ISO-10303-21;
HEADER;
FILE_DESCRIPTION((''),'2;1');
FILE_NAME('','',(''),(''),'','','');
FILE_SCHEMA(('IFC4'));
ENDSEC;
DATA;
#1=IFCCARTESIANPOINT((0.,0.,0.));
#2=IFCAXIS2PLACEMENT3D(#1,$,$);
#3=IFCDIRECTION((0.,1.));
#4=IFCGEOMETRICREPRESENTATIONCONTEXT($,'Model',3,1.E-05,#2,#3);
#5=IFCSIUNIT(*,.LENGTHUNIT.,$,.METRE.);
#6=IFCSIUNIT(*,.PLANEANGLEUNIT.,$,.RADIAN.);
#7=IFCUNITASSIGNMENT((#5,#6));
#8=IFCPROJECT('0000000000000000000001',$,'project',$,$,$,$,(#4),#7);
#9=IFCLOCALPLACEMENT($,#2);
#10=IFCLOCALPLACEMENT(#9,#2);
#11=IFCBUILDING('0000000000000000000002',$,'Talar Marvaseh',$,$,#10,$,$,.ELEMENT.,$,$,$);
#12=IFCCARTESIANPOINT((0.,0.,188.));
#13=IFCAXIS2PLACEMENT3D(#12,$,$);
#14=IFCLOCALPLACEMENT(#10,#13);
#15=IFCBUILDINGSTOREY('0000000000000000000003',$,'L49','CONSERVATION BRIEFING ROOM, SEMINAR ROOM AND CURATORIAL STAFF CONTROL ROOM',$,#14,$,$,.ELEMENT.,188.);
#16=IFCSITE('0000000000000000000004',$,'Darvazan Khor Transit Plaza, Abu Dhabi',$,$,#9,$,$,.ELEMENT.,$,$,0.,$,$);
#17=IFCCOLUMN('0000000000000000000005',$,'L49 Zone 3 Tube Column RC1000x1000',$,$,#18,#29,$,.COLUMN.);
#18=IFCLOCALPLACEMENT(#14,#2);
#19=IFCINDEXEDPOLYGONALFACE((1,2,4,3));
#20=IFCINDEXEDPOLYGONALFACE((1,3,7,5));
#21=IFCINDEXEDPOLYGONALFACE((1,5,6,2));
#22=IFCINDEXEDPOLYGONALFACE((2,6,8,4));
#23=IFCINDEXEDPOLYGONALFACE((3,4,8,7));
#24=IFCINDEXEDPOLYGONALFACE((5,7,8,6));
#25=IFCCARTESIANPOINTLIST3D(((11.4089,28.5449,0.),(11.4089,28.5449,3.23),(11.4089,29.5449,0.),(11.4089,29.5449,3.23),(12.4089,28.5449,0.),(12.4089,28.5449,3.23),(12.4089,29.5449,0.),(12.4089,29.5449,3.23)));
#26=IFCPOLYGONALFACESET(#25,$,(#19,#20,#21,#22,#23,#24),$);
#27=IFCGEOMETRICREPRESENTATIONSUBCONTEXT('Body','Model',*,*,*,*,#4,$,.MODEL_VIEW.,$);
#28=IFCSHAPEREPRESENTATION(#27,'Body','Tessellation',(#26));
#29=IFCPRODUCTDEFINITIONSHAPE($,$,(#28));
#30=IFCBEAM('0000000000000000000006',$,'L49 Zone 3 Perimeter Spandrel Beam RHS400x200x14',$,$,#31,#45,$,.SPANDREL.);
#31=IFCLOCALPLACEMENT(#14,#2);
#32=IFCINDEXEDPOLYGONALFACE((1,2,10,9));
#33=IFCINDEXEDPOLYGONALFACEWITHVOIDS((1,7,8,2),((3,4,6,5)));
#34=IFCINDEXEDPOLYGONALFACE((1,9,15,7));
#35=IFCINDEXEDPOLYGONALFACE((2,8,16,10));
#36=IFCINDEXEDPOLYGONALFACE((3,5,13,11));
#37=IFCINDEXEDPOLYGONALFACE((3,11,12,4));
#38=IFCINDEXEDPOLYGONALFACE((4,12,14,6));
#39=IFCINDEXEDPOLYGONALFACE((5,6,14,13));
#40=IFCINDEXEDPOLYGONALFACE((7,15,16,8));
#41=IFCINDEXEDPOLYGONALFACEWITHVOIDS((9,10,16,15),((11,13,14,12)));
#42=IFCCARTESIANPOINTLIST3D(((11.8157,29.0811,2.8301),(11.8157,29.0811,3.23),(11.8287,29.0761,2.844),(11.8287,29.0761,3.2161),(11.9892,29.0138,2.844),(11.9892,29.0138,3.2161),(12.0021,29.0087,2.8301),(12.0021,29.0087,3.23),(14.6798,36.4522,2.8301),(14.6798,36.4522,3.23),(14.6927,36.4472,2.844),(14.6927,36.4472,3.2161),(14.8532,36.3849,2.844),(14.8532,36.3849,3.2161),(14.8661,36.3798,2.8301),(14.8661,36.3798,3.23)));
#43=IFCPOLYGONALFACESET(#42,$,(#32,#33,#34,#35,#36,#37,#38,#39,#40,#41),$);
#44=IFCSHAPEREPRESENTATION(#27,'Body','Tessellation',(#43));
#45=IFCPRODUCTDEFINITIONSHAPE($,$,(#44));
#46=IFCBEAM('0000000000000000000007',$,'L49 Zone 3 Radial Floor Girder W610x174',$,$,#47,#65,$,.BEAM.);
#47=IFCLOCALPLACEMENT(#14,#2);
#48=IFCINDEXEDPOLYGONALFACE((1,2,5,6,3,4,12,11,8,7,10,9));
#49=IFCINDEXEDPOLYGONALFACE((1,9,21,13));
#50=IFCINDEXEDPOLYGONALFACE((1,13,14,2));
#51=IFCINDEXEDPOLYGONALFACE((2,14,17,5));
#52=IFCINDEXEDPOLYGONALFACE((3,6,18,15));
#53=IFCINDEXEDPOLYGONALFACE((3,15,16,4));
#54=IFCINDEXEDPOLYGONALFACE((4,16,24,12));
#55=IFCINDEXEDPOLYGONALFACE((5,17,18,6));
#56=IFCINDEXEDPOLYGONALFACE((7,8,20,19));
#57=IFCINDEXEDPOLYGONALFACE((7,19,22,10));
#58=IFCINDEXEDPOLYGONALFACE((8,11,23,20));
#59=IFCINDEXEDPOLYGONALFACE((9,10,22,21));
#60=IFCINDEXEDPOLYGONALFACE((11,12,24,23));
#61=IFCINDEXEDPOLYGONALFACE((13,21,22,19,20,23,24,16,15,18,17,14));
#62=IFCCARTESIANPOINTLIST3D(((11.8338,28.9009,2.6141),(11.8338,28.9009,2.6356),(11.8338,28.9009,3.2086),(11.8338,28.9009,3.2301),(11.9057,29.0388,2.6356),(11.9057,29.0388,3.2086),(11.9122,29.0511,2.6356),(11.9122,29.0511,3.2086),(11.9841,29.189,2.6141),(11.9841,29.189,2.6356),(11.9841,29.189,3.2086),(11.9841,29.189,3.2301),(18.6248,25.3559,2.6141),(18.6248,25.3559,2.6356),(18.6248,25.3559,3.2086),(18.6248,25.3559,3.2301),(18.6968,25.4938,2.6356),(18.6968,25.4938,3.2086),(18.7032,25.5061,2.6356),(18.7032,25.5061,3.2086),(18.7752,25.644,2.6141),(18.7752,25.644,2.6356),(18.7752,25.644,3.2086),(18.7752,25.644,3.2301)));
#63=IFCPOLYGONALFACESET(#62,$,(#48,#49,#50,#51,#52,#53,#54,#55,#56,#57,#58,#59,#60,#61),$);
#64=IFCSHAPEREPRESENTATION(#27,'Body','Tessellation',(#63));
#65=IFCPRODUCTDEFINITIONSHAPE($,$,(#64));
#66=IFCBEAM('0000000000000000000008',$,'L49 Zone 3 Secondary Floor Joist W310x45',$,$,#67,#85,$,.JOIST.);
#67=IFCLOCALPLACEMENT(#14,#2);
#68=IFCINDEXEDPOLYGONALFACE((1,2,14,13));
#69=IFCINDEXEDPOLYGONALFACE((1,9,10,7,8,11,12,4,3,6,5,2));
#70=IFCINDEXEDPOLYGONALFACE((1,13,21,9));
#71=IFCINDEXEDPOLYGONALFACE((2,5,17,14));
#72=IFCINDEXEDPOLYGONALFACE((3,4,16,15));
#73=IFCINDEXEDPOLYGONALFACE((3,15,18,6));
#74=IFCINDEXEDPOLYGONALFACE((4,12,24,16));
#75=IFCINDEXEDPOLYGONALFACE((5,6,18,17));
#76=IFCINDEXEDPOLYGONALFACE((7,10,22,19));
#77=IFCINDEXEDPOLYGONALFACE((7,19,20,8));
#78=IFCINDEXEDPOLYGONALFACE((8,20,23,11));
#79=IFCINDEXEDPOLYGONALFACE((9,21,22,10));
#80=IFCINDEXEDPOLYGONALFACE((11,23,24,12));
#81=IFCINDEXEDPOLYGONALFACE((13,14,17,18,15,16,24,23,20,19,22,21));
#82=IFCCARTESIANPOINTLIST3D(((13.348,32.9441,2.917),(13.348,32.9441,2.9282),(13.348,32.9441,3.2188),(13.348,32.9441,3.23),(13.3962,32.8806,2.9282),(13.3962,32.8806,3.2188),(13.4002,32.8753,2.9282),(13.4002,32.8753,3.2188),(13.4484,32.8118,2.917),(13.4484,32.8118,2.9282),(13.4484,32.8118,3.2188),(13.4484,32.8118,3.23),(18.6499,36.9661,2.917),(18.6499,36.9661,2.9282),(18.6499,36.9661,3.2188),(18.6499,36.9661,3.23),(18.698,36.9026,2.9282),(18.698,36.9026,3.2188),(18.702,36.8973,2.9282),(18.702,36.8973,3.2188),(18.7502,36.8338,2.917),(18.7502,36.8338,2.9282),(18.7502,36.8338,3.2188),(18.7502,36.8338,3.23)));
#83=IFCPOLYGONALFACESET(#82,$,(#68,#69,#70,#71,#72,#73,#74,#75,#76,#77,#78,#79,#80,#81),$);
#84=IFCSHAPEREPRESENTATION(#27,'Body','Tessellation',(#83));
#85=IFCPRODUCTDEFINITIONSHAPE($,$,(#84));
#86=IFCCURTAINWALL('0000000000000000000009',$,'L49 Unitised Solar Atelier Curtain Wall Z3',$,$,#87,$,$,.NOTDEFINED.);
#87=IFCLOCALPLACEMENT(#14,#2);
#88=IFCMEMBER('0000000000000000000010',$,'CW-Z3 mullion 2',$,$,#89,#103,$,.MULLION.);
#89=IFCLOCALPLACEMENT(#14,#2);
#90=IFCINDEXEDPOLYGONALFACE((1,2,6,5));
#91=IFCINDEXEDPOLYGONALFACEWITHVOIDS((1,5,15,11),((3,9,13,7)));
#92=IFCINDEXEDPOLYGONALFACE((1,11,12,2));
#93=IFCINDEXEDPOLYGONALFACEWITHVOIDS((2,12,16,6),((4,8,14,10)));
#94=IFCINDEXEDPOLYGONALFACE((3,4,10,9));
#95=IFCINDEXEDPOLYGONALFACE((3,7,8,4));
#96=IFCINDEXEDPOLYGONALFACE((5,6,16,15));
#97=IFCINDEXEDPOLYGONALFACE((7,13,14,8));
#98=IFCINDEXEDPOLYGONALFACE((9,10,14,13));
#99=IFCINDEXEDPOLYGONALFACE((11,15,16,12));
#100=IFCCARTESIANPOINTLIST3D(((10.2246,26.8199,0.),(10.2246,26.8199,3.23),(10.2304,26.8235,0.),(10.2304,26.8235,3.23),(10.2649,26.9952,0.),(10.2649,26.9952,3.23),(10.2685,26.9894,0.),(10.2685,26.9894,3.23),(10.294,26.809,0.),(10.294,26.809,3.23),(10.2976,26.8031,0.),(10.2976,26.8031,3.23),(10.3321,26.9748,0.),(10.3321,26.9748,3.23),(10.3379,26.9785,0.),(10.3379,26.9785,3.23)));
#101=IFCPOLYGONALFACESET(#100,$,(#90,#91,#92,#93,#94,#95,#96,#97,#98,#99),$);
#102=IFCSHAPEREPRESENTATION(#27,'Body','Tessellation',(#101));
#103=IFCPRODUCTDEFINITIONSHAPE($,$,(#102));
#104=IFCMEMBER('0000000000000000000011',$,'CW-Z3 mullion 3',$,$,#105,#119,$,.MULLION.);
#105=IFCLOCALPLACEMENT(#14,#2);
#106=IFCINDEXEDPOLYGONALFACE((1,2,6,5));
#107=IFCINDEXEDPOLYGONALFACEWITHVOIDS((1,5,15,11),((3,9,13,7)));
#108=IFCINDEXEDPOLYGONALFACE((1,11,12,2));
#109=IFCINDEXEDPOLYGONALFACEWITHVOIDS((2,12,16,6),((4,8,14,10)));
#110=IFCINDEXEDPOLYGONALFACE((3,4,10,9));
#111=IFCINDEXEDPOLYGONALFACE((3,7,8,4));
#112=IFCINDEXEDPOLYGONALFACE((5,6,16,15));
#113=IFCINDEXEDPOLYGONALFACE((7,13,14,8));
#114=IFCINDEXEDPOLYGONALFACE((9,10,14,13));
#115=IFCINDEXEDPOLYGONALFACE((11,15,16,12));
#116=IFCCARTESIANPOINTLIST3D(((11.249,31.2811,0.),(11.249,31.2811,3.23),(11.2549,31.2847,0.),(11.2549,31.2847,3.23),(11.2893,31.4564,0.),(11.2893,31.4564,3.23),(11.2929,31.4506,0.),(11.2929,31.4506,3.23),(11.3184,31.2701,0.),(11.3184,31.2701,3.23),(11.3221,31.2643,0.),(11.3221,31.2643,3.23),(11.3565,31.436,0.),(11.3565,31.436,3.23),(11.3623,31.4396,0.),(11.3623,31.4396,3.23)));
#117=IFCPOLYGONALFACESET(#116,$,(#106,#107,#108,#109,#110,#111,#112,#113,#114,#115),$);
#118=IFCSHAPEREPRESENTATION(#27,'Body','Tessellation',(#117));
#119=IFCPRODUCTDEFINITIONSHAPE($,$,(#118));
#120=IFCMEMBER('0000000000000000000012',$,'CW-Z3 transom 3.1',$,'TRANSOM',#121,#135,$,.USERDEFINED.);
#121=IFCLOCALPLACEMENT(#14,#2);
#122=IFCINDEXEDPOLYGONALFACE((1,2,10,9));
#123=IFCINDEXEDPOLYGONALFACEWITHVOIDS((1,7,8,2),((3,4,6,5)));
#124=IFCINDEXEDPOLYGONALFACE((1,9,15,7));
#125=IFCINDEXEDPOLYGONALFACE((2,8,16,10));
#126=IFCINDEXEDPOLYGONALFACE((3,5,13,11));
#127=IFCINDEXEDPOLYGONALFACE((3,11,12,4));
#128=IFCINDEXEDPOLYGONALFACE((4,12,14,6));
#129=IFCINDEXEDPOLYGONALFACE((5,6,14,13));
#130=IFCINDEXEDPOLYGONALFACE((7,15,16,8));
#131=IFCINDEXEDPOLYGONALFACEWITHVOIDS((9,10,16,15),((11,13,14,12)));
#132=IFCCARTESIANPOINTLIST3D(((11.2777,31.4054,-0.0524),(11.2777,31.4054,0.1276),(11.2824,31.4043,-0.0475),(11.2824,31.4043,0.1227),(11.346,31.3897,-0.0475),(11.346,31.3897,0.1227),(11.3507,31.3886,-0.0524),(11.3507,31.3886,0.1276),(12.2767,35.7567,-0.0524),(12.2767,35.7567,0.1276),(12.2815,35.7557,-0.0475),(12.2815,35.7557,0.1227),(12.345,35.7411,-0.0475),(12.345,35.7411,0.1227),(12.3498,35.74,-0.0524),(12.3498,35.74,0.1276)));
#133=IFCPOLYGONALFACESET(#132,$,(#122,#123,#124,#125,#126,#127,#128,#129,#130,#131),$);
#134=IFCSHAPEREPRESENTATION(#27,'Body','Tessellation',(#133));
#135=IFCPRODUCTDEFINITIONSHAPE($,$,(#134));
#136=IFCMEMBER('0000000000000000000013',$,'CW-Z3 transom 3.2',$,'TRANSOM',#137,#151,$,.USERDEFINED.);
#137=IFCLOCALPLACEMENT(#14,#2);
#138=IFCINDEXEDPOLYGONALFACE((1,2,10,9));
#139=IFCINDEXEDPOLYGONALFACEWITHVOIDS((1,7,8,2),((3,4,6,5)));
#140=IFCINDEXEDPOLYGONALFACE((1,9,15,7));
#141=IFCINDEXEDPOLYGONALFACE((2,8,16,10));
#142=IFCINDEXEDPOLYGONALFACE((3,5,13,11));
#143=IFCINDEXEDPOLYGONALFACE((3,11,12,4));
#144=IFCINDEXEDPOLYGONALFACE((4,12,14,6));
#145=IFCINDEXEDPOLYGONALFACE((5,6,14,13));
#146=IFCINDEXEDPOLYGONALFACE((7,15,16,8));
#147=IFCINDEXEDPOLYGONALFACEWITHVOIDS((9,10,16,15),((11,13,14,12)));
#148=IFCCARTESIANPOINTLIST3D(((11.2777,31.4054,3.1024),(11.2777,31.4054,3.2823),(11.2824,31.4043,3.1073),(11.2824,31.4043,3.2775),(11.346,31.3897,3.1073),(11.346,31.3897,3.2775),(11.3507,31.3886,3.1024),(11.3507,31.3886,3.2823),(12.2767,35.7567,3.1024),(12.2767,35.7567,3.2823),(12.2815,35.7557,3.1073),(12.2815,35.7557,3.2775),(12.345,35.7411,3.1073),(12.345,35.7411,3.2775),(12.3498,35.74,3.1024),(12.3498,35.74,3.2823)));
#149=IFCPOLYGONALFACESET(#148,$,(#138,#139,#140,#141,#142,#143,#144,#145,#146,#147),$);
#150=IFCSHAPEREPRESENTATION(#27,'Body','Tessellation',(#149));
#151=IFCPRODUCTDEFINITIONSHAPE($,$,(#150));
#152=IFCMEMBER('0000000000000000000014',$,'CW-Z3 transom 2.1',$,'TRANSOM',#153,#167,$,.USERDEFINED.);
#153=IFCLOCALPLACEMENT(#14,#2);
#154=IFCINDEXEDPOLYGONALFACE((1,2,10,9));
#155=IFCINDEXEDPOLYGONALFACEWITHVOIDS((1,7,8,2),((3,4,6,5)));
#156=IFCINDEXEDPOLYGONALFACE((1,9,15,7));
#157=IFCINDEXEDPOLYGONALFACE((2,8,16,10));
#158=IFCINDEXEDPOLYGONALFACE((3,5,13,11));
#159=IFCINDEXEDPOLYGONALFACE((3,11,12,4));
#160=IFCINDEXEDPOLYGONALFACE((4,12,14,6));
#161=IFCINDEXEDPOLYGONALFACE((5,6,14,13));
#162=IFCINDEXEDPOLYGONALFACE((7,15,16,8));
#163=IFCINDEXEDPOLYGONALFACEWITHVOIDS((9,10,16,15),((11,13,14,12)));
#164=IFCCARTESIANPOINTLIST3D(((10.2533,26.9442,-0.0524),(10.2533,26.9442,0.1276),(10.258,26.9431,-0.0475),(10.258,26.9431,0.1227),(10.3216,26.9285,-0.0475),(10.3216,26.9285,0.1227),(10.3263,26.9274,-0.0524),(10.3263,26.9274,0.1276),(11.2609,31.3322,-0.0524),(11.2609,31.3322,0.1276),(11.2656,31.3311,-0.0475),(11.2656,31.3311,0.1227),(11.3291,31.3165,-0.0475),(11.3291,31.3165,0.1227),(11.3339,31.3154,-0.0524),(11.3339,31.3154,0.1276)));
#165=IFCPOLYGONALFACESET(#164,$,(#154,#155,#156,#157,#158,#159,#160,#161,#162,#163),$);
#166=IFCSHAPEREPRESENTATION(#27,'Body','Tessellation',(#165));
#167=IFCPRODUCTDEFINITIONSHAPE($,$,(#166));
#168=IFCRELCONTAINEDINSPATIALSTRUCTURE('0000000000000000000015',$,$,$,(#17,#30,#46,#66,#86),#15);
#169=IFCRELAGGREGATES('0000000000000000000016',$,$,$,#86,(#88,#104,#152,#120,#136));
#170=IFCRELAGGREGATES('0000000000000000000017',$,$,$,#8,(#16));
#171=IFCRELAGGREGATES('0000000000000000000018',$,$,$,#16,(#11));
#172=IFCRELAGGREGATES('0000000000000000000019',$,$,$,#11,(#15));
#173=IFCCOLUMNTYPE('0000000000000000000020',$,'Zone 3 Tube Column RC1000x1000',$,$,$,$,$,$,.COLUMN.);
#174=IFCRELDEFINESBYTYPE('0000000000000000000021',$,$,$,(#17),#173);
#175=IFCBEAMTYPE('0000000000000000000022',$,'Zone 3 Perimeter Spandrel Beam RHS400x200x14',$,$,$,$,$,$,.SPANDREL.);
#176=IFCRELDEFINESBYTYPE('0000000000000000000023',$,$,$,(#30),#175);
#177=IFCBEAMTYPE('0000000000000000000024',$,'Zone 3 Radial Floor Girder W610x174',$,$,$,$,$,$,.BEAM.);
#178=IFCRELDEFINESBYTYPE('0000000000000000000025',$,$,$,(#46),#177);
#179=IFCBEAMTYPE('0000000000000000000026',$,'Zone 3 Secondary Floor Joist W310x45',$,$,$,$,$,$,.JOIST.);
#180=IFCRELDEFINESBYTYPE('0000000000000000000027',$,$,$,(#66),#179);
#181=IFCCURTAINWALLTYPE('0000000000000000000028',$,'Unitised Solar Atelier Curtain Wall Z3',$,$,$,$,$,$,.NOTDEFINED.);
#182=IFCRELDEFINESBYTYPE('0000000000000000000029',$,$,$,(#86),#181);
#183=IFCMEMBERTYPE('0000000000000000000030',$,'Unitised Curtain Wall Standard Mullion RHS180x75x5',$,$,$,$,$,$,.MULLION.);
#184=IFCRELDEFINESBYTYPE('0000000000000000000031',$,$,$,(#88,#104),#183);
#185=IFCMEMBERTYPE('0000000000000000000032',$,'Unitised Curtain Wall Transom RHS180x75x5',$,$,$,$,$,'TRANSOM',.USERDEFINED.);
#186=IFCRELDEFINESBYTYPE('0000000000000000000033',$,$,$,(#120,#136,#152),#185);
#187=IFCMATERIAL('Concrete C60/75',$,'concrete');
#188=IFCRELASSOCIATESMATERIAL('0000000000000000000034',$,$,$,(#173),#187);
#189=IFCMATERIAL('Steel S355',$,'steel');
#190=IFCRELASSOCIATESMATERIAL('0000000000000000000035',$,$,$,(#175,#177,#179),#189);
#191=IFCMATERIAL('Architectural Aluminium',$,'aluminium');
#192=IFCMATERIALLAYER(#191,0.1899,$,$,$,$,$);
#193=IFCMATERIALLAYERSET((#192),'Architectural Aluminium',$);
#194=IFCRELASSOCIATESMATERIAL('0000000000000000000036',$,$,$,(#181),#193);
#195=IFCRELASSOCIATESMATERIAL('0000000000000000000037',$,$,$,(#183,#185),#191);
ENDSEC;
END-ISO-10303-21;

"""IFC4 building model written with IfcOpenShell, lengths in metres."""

from ifc_helpers import new_model, si_unit, direction, frame, origin, origin_2d, place, context, subcontext, project, spatial, rectangle, hollow_rectangle, i_section, extrude, source, transform, mapped, material, layer, layer_set, material_profile, profile_set, type_object, type_shapes, element, aggregate, save


model = new_model("IFC4")

# Units and contexts
model_context = context("Model", 3, precision=1e-05, world=origin(), true_north=direction((0.0, 1.0)))
body_context = subcontext(model_context, "Body", "Model", "MODEL_VIEW")
ifc_project = project(units=[si_unit("LENGTHUNIT", "METRE"), si_unit("PLANEANGLEUNIT", "RADIAN")], contexts=[model_context])

# Site, building, storey
site_placement = place(None, origin())
site = spatial("IfcSite", under=ifc_project, at=site_placement, Name="Darvazan Khor Transit Plaza, Abu Dhabi", CompositionType="ELEMENT", RefElevation=0.0)
building_placement = place(site_placement, origin())
building = spatial("IfcBuilding", under=site, at=building_placement, Name="Talar Marvaseh", CompositionType="ELEMENT")
storey_placement = place(building_placement, frame((0.0, 0.0, 188.0)))
storey = spatial("IfcBuildingStorey", under=building, at=storey_placement, Name="L49", Description="CONSERVATION BRIEFING ROOM, SEMINAR ROOM AND CURATORIAL STAFF CONTROL ROOM", CompositionType="ELEMENT", Elevation=188.0)

# Column
ifc_material_1 = material(Name="Concrete C60/75", Category="concrete")
ifc_material_profile_1 = material_profile(ifc_material_1, rectangle(XDim=1.0, YDim=1.0, at=origin_2d()), Name="RC1000x1000")
ifc_profile_set_1 = profile_set([ifc_material_profile_1], Name="Concrete C60/75")
column_type = type_object("IfcColumnType", Name="Zone 3 Tube Column RC1000x1000", PredefinedType="COLUMN", material=ifc_profile_set_1)
column_placement = place(storey_placement, frame((11.9089, 29.0449, 0.0), z_axis=(0.0, 0.0, 1.0), x_axis=(1.0, 0.0, 0.0)))
element("IfcColumn", 1, at=column_placement, inside=storey, type_object=column_type, Name="L49 Zone 3 Tube Column RC1000x1000", PredefinedType="COLUMN", context=body_context, shape_type="SweptSolid", body=[
    extrude(rectangle(XDim=1.0, YDim=1.0, at=origin_2d()), origin(), (0.0, 0.0, 1.0), 3.23),
])

# Beams
ifc_material_2 = material(Name="Steel S355", Category="steel")
ifc_material_profile_2 = material_profile(ifc_material_2, hollow_rectangle(XDim=0.2, YDim=0.3999, WallThickness=0.0139, at=origin_2d()), Name="RHS400x200x14")
ifc_profile_set_2 = profile_set([ifc_material_profile_2], Name="Steel S355")
beam_type_1 = type_object("IfcBeamType", Name="Zone 3 Perimeter Spandrel Beam RHS400x200x14", PredefinedType="SPANDREL", material=ifc_profile_set_2)
beam_1_placement = place(storey_placement, frame((11.9089, 29.0449, 3.03), z_axis=(0.362169, 0.932112, 0.0), x_axis=(-0.932112, 0.362169, 0.0)))
element("IfcBeam", 2, at=beam_1_placement, inside=storey, type_object=beam_type_1, Name="L49 Zone 3 Perimeter Spandrel Beam RHS400x200x14", PredefinedType="SPANDREL", context=body_context, shape_type="SweptSolid", body=[
    extrude(hollow_rectangle(XDim=0.2, YDim=0.3999, WallThickness=0.0139, at=origin_2d()), origin(), (0.0, 0.0, 1.0), 7.908),
])
ifc_material_profile_3 = material_profile(ifc_material_2, i_section(OverallWidth=0.325, OverallDepth=0.616, WebThickness=0.0139, FlangeThickness=0.0215, at=origin_2d()), Name="W610x174")
ifc_profile_set_3 = profile_set([ifc_material_profile_3], Name="Steel S355")
beam_type_2 = type_object("IfcBeamType", Name="Zone 3 Radial Floor Girder W610x174", PredefinedType="BEAM", material=ifc_profile_set_3)
beam_2_placement = place(storey_placement, frame((11.9089, 29.0449, 2.9221), z_axis=(0.886489, -0.462749, 0.0), x_axis=(0.462749, 0.886489, 0.0)))
element("IfcBeam", 3, at=beam_2_placement, inside=storey, type_object=beam_type_2, Name="L49 Zone 3 Radial Floor Girder W610x174", PredefinedType="BEAM", context=body_context, shape_type="SweptSolid", body=[
    extrude(i_section(OverallWidth=0.325, OverallDepth=0.616, WebThickness=0.0139, FlangeThickness=0.0215, at=origin_2d()), origin(), (0.0, 0.0, 1.0), 7.6606),
])
ifc_material_profile_4 = material_profile(ifc_material_2, i_section(OverallWidth=0.166, OverallDepth=0.313, WebThickness=0.0066, FlangeThickness=0.0112, at=origin_2d()), Name="W310x45")
ifc_profile_set_4 = profile_set([ifc_material_profile_4], Name="Steel S355")
beam_type_3 = type_object("IfcBeamType", Name="Zone 3 Secondary Floor Joist W310x45", PredefinedType="JOIST", material=ifc_profile_set_4)
beam_3_placement = place(storey_placement, frame((13.3982, 32.8779, 3.0735), z_axis=(0.796695, 0.604382, 0.0), x_axis=(-0.604382, 0.796695, 0.0)))
element("IfcBeam", 4, at=beam_3_placement, inside=storey, type_object=beam_type_3, Name="L49 Zone 3 Secondary Floor Joist W310x45", PredefinedType="JOIST", context=body_context, shape_type="SweptSolid", body=[
    extrude(i_section(OverallWidth=0.166, OverallDepth=0.313, WebThickness=0.0066, FlangeThickness=0.0112, at=origin_2d()), origin(), (0.0, 0.0, 1.0), 6.6548),
])

# Curtain wall, members
ifc_material_3 = material(Name="Architectural Aluminium", Category="aluminium")
ifc_layer_1 = layer(ifc_material_3, 0.1899)
ifc_layer_set_1 = layer_set([ifc_layer_1], Name="Architectural Aluminium")
curtain_wall_type = type_object("IfcCurtainWallType", Name="Unitised Solar Atelier Curtain Wall Z3", PredefinedType="NOTDEFINED", material=ifc_layer_set_1)
curtain_wall_placement = place(storey_placement, origin())
curtain_wall = element("IfcCurtainWall", 5, at=curtain_wall_placement, inside=storey, type_object=curtain_wall_type, Name="L49 Unitised Solar Atelier Curtain Wall Z3", PredefinedType="NOTDEFINED")
ifc_material_profile_5 = material_profile(ifc_material_3, hollow_rectangle(XDim=0.075, YDim=0.1799, WallThickness=0.0049, at=origin_2d()), Name="RHS180x75x5")
ifc_profile_set_5 = profile_set([ifc_material_profile_5], Name="Architectural Aluminium")
member_type_1 = type_object("IfcMemberType", Name="Unitised Curtain Wall Standard Mullion RHS180x75x5", PredefinedType="MULLION", material=ifc_profile_set_5)
shared_shape_1 = source(origin(), body_context, "Body", "SweptSolid", [
    extrude(hollow_rectangle(XDim=0.075, YDim=0.1799, WallThickness=0.0049, at=origin_2d()), origin(), (0.0, 0.0, 1.0), 3.23),
])
type_shapes(member_type_1, [shared_shape_1])
member_1_placement = place(storey_placement, frame((10.2812, 26.8992, 0.0), z_axis=(0.0, 0.0, 1.0), x_axis=(-0.974636, 0.223796, 0.0)))
member_1 = element("IfcMember", 6, at=member_1_placement, type_object=member_type_1, Name="CW-Z3 mullion 2", PredefinedType="MULLION", context=body_context, shape_type="MappedRepresentation", body=[
    mapped(shared_shape_1, transform((0.0, 0.0, 0.0), x_axis=(1.0, 0.0, 0.0), y_axis=(0.0, 1.0, 0.0), z_axis=(0.0, 0.0, 1.0), scale=1.0)),
])
member_2_placement = place(storey_placement, frame((11.3057, 31.3604, 0.0), z_axis=(0.0, 0.0, 1.0), x_axis=(-0.974636, 0.223796, 0.0)))
member_2 = element("IfcMember", 7, at=member_2_placement, type_object=member_type_1, Name="CW-Z3 mullion 3", PredefinedType="MULLION", context=body_context, shape_type="MappedRepresentation", body=[
    mapped(shared_shape_1, transform((0.0, 0.0, 0.0), x_axis=(1.0, 0.0, 0.0), y_axis=(0.0, 1.0, 0.0), z_axis=(0.0, 0.0, 1.0), scale=1.0)),
])
ifc_material_profile_6 = material_profile(ifc_material_3, hollow_rectangle(XDim=0.075, YDim=0.1799, WallThickness=0.0049, at=origin_2d()), Name="RHS180x75x5")
ifc_profile_set_6 = profile_set([ifc_material_profile_6], Name="Architectural Aluminium")
member_type_2 = type_object("IfcMemberType", Name="Unitised Curtain Wall Transom RHS180x75x5", ElementType="TRANSOM", PredefinedType="USERDEFINED", material=ifc_profile_set_6)
shared_shape_2 = source(origin(), body_context, "Body", "SweptSolid", [
    extrude(hollow_rectangle(XDim=0.075, YDim=0.1799, WallThickness=0.0049, at=origin_2d()), origin(), (0.0, 0.0, 1.0), 4.4646),
])
member_3_placement = place(storey_placement, frame((11.3142, 31.397, 0.0376), z_axis=(0.223769, 0.974642, 0.0), x_axis=(-0.974642, 0.223769, 0.0)))
member_3 = element("IfcMember", 8, at=member_3_placement, type_object=member_type_2, Name="CW-Z3 transom 3.1", ObjectType="TRANSOM", PredefinedType="USERDEFINED", context=body_context, shape_type="MappedRepresentation", body=[
    mapped(shared_shape_2, transform((0.0, 0.0, 0.0), x_axis=(1.0, 0.0, 0.0), y_axis=(0.0, 1.0, 0.0), z_axis=(0.0, 0.0, 1.0), scale=1.0)),
])
member_4_placement = place(storey_placement, frame((11.3142, 31.397, 3.1924), z_axis=(0.223769, 0.974642, 0.0), x_axis=(-0.974642, 0.223769, 0.0)))
member_4 = element("IfcMember", 9, at=member_4_placement, type_object=member_type_2, Name="CW-Z3 transom 3.2", ObjectType="TRANSOM", PredefinedType="USERDEFINED", context=body_context, shape_type="MappedRepresentation", body=[
    mapped(shared_shape_2, transform((0.0, 0.0, 0.0), x_axis=(1.0, 0.0, 0.0), y_axis=(0.0, 1.0, 0.0), z_axis=(0.0, 0.0, 1.0), scale=1.0)),
])
shared_shape_3 = source(origin(), body_context, "Body", "SweptSolid", [
    extrude(hollow_rectangle(XDim=0.075, YDim=0.1799, WallThickness=0.0049, at=origin_2d()), origin(), (0.0, 0.0, 1.0), 4.5022),
])
type_shapes(member_type_2, [shared_shape_2, shared_shape_3])
member_5_placement = place(storey_placement, frame((10.2898, 26.9358, 0.0376), z_axis=(0.223798, 0.974636, 0.0), x_axis=(-0.974636, 0.223798, 0.0)))
member_5 = element("IfcMember", 10, at=member_5_placement, type_object=member_type_2, Name="CW-Z3 transom 2.1", ObjectType="TRANSOM", PredefinedType="USERDEFINED", context=body_context, shape_type="MappedRepresentation", body=[
    mapped(shared_shape_3, transform((0.0, 0.0, 0.0), x_axis=(1.0, 0.0, 0.0), y_axis=(0.0, 1.0, 0.0), z_axis=(0.0, 0.0, 1.0), scale=1.0)),
])
aggregate(curtain_wall, [member_1, member_2, member_5, member_3, member_4])

save(model, "model.ifc")
